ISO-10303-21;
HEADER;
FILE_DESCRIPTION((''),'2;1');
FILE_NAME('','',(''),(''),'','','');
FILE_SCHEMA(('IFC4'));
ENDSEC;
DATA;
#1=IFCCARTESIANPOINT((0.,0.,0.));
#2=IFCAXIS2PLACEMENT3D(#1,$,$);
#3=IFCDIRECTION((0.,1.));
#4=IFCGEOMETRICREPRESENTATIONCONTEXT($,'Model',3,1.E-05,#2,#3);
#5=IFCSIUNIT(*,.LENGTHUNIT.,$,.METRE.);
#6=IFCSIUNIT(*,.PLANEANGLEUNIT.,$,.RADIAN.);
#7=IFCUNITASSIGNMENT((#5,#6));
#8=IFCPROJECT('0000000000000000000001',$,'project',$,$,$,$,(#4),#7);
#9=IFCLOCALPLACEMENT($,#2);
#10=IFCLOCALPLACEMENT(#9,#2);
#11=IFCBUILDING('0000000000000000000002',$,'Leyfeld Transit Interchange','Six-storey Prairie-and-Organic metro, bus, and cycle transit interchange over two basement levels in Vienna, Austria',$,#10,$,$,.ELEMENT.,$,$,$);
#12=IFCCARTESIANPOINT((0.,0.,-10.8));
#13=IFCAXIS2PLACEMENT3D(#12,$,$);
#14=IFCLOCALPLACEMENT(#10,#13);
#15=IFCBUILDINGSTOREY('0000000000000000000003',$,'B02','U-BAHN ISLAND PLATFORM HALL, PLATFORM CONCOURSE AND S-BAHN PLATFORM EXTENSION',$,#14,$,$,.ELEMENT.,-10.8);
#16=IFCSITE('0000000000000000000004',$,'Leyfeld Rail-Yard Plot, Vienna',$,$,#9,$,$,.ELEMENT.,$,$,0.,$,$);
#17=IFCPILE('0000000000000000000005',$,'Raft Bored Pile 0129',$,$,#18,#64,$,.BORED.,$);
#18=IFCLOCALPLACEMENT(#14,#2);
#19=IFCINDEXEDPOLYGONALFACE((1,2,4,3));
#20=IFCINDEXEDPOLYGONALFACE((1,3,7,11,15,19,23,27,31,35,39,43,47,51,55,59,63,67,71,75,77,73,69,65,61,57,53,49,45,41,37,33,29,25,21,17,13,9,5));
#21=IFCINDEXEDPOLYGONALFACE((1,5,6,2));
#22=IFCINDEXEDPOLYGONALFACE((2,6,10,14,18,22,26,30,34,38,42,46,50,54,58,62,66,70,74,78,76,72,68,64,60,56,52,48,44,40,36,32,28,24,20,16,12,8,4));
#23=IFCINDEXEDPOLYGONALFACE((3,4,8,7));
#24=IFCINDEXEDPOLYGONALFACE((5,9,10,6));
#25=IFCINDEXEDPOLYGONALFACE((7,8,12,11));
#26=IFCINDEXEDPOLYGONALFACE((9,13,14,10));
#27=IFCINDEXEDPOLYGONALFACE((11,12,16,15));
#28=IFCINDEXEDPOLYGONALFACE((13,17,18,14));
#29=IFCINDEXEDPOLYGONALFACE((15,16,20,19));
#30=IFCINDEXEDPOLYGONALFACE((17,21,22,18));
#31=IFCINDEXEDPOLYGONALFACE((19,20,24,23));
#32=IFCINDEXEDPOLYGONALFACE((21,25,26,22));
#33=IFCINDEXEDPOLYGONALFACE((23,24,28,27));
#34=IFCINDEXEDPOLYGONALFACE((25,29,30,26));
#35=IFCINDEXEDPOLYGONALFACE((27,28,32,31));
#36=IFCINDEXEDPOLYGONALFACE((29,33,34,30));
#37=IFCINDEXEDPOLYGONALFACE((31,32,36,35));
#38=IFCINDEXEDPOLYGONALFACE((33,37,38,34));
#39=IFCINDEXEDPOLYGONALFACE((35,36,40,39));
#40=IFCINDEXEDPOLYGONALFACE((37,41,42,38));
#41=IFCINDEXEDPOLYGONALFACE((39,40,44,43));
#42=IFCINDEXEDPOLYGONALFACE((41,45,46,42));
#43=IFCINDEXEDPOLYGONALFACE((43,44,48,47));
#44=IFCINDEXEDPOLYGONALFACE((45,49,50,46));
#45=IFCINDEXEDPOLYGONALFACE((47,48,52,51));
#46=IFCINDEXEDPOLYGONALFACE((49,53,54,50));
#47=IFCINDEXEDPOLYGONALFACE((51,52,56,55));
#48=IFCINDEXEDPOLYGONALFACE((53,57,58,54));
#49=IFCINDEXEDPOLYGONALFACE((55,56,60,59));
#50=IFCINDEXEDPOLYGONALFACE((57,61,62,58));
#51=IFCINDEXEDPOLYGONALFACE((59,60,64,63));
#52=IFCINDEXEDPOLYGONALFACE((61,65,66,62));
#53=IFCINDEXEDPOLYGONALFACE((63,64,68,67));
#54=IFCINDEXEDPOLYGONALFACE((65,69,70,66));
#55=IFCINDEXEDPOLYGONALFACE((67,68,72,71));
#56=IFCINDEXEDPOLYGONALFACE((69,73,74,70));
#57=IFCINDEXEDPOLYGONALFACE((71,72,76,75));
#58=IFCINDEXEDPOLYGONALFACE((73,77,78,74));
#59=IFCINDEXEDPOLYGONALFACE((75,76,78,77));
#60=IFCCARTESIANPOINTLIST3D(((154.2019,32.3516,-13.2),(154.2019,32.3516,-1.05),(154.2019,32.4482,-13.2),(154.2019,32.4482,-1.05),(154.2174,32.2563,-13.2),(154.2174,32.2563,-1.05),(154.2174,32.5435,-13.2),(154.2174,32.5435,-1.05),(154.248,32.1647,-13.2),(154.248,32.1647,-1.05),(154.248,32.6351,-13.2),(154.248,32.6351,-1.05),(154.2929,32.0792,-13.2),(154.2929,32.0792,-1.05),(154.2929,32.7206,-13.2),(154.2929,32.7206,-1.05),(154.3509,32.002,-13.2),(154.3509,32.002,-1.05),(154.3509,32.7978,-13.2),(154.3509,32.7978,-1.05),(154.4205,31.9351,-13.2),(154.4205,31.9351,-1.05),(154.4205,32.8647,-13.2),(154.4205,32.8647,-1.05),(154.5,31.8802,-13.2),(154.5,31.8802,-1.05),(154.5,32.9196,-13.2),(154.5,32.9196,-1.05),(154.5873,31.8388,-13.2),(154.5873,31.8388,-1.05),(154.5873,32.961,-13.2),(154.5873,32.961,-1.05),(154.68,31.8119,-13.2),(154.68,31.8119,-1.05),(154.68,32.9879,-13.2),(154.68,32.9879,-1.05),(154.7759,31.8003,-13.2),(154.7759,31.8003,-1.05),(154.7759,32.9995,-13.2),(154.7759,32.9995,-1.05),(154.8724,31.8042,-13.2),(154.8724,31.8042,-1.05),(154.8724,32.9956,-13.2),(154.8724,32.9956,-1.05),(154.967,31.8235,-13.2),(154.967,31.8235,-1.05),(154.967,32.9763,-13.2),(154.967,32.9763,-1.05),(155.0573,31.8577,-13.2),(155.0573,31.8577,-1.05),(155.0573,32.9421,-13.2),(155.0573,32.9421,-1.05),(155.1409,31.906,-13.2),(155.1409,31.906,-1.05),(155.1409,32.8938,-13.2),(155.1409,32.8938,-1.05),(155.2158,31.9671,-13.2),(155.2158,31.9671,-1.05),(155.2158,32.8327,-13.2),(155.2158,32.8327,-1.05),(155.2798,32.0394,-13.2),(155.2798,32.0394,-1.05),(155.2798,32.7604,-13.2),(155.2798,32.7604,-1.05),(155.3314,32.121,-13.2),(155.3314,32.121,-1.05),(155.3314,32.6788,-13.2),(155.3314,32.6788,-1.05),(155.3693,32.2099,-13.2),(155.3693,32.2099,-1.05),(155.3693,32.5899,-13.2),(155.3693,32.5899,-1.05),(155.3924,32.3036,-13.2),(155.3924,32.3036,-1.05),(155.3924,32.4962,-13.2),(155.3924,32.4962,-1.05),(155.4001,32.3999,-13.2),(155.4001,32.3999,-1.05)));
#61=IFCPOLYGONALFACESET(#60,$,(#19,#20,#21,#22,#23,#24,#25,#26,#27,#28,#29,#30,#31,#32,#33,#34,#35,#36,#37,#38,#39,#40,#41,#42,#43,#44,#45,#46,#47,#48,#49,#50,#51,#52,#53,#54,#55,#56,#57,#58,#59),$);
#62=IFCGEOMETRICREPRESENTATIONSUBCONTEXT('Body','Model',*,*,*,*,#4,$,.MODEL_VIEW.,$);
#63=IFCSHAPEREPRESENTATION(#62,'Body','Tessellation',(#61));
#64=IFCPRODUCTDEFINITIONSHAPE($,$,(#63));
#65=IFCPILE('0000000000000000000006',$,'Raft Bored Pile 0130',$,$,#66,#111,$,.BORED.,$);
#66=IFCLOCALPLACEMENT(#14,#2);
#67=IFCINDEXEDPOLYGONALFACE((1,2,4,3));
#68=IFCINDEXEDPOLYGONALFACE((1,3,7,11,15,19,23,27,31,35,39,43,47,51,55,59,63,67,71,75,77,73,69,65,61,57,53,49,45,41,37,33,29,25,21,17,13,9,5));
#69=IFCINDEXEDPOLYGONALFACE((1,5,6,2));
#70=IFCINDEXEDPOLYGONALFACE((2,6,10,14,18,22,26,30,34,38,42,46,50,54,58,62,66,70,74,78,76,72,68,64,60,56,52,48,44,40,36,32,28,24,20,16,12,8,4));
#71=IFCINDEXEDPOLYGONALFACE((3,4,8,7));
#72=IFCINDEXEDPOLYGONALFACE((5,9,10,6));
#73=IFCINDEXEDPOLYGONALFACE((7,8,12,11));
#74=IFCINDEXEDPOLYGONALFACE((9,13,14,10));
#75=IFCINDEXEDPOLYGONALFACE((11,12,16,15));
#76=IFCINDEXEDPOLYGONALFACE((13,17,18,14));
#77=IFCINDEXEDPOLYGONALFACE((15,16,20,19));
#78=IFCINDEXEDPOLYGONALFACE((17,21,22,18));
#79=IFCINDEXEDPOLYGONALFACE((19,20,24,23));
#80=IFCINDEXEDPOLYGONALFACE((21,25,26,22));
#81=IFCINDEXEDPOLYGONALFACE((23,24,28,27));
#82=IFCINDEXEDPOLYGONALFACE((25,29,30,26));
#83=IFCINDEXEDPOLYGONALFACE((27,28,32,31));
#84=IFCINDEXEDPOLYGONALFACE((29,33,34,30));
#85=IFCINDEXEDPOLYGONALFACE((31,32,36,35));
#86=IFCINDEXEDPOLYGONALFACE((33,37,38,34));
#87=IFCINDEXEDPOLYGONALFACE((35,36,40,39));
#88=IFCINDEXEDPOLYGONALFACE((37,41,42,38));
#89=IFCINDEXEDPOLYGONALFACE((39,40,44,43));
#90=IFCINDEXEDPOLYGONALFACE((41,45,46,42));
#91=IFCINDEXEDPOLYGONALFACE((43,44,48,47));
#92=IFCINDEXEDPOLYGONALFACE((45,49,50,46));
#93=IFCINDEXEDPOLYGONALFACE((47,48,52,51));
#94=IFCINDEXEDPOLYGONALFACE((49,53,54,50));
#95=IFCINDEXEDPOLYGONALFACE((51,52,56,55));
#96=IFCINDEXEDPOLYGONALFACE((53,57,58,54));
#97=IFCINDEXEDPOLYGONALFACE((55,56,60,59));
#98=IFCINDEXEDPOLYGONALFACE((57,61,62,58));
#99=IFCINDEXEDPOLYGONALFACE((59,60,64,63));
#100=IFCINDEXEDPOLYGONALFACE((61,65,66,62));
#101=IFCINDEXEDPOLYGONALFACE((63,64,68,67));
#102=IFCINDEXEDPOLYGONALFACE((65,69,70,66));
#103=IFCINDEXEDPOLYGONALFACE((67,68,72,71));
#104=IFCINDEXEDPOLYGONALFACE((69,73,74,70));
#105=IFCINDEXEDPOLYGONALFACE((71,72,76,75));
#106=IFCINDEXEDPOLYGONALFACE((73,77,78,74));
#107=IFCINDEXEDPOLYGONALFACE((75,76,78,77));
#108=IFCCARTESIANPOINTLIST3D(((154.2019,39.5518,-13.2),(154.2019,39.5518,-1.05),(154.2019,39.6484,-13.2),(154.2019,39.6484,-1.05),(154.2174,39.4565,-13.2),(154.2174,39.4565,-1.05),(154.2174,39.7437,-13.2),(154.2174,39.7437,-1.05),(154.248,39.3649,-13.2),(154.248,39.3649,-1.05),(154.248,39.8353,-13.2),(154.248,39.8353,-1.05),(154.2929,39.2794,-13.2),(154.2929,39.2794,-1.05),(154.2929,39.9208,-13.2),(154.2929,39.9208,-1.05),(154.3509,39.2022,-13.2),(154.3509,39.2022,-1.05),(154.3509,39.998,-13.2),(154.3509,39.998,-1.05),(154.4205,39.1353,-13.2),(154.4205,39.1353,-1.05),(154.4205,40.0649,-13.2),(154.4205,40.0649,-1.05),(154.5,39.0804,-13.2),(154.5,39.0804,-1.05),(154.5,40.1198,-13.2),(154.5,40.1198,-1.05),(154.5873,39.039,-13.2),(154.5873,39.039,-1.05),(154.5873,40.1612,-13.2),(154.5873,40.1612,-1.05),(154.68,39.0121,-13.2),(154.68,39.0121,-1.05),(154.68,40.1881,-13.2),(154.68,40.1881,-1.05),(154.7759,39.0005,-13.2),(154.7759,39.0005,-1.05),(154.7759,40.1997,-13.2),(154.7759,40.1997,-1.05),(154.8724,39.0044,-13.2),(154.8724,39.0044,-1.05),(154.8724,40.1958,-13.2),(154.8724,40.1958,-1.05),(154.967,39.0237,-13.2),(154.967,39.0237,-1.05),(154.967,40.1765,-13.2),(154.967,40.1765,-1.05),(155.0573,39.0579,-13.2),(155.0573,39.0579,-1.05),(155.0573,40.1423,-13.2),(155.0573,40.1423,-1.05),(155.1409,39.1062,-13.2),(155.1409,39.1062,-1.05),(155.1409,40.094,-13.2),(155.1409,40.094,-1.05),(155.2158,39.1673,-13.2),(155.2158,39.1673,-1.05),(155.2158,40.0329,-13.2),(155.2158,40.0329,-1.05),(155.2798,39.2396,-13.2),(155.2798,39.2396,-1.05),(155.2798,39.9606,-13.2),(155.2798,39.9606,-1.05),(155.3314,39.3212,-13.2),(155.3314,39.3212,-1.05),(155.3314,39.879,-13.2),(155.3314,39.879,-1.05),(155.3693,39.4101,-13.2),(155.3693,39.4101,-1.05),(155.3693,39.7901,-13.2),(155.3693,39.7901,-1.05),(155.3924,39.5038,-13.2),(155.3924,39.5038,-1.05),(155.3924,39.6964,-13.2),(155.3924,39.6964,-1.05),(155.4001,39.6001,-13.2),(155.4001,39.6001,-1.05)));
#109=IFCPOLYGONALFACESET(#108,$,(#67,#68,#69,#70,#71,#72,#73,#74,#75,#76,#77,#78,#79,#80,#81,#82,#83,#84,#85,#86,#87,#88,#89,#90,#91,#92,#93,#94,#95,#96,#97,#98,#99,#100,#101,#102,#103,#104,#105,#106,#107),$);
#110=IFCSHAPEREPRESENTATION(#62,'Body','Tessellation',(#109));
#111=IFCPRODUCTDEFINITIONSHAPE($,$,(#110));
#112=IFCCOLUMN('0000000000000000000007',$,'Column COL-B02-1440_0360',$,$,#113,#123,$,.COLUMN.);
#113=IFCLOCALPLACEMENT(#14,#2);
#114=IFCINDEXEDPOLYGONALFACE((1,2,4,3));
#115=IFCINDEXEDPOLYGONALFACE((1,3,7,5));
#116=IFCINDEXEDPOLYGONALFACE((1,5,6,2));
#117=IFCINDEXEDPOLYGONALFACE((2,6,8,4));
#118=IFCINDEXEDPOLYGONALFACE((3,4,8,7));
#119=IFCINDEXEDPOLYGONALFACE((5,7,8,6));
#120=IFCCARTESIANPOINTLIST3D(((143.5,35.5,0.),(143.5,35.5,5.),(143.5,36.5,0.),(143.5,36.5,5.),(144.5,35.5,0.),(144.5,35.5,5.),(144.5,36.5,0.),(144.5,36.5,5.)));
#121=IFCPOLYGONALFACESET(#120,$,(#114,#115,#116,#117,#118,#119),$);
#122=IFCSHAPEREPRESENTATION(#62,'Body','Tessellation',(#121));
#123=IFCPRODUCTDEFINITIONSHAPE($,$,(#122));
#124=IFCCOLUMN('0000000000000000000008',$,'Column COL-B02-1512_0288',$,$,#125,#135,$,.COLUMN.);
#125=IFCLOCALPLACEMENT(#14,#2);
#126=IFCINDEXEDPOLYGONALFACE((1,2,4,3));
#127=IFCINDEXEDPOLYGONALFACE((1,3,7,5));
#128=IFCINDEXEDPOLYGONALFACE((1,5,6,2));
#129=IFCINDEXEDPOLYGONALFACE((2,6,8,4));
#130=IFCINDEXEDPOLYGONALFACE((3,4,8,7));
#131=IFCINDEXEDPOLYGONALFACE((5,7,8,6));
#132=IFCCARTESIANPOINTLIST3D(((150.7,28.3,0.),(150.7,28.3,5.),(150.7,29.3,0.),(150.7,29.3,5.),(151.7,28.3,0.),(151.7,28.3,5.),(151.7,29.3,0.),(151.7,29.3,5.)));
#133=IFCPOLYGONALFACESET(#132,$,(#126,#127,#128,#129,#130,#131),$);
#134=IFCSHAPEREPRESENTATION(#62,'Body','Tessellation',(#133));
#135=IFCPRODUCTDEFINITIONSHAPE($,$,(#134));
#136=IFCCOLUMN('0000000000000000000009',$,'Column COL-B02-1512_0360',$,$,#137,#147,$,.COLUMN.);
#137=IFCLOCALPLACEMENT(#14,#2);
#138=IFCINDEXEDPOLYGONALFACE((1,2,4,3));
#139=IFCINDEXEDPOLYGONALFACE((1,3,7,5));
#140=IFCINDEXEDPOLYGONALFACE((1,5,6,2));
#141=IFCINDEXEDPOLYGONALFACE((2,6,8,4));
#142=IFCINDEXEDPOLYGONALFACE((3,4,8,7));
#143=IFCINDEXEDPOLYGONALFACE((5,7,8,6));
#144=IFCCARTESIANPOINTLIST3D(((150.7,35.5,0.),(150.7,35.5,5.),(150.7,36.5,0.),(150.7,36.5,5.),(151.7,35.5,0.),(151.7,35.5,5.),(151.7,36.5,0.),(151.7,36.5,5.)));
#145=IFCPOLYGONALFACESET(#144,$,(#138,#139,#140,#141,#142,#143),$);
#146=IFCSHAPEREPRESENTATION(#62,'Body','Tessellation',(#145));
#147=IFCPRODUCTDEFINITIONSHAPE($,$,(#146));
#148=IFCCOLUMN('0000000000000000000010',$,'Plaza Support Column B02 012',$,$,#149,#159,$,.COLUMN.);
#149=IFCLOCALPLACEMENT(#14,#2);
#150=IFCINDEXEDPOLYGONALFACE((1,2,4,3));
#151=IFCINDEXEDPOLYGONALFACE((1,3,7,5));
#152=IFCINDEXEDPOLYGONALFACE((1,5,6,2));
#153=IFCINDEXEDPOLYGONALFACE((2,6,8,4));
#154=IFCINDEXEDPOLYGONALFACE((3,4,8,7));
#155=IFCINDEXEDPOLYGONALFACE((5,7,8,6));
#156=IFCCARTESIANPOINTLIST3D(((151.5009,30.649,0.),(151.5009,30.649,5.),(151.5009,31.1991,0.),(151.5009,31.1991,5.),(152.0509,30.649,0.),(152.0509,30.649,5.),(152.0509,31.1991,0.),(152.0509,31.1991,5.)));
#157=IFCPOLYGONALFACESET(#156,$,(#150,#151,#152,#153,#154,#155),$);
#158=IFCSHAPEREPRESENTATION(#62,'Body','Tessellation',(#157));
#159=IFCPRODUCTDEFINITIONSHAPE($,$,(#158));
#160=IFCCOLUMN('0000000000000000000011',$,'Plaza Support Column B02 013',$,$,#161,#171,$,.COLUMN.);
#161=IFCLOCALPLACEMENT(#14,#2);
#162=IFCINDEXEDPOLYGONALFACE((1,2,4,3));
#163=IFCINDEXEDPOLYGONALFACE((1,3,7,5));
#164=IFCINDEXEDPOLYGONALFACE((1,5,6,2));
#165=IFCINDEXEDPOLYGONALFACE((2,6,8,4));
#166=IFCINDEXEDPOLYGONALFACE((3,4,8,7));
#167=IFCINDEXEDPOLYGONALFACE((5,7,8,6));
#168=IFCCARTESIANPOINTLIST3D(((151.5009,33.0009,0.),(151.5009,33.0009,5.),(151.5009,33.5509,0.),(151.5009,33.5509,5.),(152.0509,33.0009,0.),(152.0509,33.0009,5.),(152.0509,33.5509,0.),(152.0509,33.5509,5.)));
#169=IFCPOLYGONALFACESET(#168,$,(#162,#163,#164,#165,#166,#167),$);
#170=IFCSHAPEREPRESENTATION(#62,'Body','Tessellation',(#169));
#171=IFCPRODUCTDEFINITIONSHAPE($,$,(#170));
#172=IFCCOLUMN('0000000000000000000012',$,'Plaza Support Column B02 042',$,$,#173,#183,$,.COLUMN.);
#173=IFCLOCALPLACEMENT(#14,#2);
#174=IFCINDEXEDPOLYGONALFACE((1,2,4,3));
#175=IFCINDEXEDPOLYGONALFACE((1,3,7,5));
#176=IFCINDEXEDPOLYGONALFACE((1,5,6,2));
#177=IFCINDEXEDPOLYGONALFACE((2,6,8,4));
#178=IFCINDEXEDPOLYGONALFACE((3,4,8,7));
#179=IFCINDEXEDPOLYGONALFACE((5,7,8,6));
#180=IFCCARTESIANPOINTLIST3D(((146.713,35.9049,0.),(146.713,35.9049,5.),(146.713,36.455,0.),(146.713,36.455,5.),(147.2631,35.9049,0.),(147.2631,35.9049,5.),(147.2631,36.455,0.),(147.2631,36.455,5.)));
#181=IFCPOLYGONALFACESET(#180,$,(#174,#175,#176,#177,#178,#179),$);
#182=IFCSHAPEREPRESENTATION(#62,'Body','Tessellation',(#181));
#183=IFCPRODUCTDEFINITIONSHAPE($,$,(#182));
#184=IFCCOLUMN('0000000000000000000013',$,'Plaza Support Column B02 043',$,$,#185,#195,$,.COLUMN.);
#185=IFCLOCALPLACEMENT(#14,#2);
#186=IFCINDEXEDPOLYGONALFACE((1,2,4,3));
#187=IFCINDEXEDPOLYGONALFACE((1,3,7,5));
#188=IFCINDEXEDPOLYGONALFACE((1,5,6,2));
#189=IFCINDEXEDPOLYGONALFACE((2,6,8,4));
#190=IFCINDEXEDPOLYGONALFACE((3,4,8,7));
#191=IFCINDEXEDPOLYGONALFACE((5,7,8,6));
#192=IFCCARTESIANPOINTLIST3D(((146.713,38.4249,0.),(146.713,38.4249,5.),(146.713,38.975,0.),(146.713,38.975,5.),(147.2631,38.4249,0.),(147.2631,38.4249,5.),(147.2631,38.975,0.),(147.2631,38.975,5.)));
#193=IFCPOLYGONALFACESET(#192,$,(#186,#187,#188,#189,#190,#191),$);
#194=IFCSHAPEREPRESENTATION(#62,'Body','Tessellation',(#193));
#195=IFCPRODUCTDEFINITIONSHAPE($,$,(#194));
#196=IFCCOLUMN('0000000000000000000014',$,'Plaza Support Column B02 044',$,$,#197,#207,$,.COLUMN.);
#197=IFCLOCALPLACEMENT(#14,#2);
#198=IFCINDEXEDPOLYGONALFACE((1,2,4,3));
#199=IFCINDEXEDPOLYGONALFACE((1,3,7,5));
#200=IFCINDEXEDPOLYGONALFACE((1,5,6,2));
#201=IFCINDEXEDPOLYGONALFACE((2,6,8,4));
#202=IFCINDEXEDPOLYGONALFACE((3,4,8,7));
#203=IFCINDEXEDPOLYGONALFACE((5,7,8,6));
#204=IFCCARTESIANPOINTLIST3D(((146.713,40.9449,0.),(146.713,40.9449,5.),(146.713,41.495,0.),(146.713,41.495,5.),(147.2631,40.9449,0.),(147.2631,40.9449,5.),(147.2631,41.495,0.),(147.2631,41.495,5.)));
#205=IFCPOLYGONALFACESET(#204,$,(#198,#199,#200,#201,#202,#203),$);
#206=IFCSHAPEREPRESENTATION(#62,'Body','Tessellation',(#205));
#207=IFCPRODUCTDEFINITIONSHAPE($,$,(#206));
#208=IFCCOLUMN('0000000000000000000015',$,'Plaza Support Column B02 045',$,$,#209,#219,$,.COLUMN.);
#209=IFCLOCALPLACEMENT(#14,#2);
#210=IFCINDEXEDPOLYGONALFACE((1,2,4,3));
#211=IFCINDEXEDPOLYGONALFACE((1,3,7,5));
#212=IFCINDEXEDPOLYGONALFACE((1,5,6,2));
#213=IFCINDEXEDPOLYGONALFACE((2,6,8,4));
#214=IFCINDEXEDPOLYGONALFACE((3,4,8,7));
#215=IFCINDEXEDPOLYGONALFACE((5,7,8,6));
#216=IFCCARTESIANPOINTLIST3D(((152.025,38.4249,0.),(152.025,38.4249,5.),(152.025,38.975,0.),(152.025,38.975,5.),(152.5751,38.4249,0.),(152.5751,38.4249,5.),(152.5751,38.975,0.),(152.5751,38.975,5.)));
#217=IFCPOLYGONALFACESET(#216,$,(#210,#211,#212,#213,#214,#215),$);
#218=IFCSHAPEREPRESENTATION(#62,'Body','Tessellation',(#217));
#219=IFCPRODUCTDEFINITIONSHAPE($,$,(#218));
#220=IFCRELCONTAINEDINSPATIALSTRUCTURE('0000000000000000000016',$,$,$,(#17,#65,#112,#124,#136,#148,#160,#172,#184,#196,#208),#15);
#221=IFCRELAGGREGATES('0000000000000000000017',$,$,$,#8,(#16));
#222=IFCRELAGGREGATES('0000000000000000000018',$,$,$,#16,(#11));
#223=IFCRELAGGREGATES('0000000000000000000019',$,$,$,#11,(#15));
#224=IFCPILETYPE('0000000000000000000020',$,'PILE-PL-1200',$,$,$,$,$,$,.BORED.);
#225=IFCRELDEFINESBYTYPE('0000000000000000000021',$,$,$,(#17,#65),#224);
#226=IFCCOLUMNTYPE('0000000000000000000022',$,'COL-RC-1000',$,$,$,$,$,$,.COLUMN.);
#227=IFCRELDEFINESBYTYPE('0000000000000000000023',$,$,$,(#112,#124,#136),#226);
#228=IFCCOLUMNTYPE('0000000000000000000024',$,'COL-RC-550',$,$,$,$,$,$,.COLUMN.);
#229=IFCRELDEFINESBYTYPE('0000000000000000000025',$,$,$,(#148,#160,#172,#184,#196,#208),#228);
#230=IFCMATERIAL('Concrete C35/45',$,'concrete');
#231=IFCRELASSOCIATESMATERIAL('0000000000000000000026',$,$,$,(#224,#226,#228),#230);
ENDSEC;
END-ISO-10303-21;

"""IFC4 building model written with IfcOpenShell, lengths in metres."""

from ifc_helpers import new_model, si_unit, direction, frame, origin, origin_2d, place, context, subcontext, project, spatial, rectangle, circle, extrude, material, material_profile, profile_set, type_object, element, save


model = new_model("IFC4")

# Units and contexts
model_context = context("Model", 3, precision=1e-05, world=origin(), true_north=direction((0.0, 1.0)))
body_context = subcontext(model_context, "Body", "Model", "MODEL_VIEW")
ifc_project = project(units=[si_unit("LENGTHUNIT", "METRE"), si_unit("PLANEANGLEUNIT", "RADIAN")], contexts=[model_context])

# Site, building, storey
site_placement = place(None, origin())
site = spatial("IfcSite", under=ifc_project, at=site_placement, Name="Leyfeld Rail-Yard Plot, Vienna", CompositionType="ELEMENT", RefElevation=0.0)
building_placement = place(site_placement, origin())
building = spatial("IfcBuilding", under=site, at=building_placement, Name="Leyfeld Transit Interchange", Description="Six-storey Prairie-and-Organic metro, bus, and cycle transit interchange over two basement levels in Vienna, Austria", CompositionType="ELEMENT")
storey_placement = place(building_placement, frame((0.0, 0.0, -10.8)))
storey = spatial("IfcBuildingStorey", under=building, at=storey_placement, Name="B02", Description="U-BAHN ISLAND PLATFORM HALL, PLATFORM CONCOURSE AND S-BAHN PLATFORM EXTENSION", CompositionType="ELEMENT", Elevation=-10.8)

# Piles
ifc_material = material(Name="Concrete C35/45", Category="concrete")
ifc_material_profile_1 = material_profile(ifc_material, circle(Radius=0.6001, at=origin_2d()), Name="PILE D1200")
ifc_profile_set_1 = profile_set([ifc_material_profile_1], Name="Concrete C35/45")
pile_type = type_object("IfcPileType", Name="PILE-PL-1200", PredefinedType="BORED", material=ifc_profile_set_1)
for number, where, z_axis, x_axis, name in (
    (1, (154.8, 32.3999, -1.05), (0.0, 0.0, -1.0), (1.0, 0.0, 0.0), "Raft Bored Pile 0129"),
    (2, (154.8, 39.6001, -1.05), (0.0, 0.0, -1.0), (1.0, 0.0, 0.0), "Raft Bored Pile 0130"),
):
    element("IfcPile", number, at=place(storey_placement, frame(where, z_axis=z_axis, x_axis=x_axis)), inside=storey, type_object=pile_type, Name=name, PredefinedType="BORED", context=body_context, shape_type="SweptSolid", body=[
        extrude(circle(Radius=0.6001, at=origin_2d()), origin(), (0.0, 0.0, 1.0), 12.1499),
    ])

# Columns
ifc_material_profile_2 = material_profile(ifc_material, rectangle(XDim=1.0, YDim=1.0, at=origin_2d()), Name="RC 1000x1000")
ifc_profile_set_2 = profile_set([ifc_material_profile_2], Name="Concrete C35/45")
column_type_1 = type_object("IfcColumnType", Name="COL-RC-1000", PredefinedType="COLUMN", material=ifc_profile_set_2)
for number, where, z_axis, x_axis, name in (
    (3, (144.0, 36.0, 0.0), (0.0, 0.0, 1.0), (1.0, 0.0, 0.0), "Column COL-B02-1440_0360"),
    (4, (151.2, 28.8, 0.0), (0.0, 0.0, 1.0), (1.0, 0.0, 0.0), "Column COL-B02-1512_0288"),
    (5, (151.2, 36.0, 0.0), (0.0, 0.0, 1.0), (1.0, 0.0, 0.0), "Column COL-B02-1512_0360"),
):
    element("IfcColumn", number, at=place(storey_placement, frame(where, z_axis=z_axis, x_axis=x_axis)), inside=storey, type_object=column_type_1, Name=name, PredefinedType="COLUMN", context=body_context, shape_type="SweptSolid", body=[
        extrude(rectangle(XDim=1.0, YDim=1.0, at=origin_2d()), origin(), (0.0, 0.0, 1.0), 5.0),
    ])
ifc_material_profile_3 = material_profile(ifc_material, rectangle(XDim=0.55, YDim=0.55, at=origin_2d()), Name="RC 550x550")
ifc_profile_set_3 = profile_set([ifc_material_profile_3], Name="Concrete C35/45")
column_type_2 = type_object("IfcColumnType", Name="COL-RC-550", PredefinedType="COLUMN", material=ifc_profile_set_3)
for number, where, z_axis, x_axis, name in (
    (6, (151.7759, 30.9241, 0.0), (0.0, 0.0, 1.0), (1.0, 0.0, 0.0), "Plaza Support Column B02 012"),
    (7, (151.7759, 33.2759, 0.0), (0.0, 0.0, 1.0), (1.0, 0.0, 0.0), "Plaza Support Column B02 013"),
    (8, (146.988, 36.1799, 0.0), (0.0, 0.0, 1.0), (1.0, 0.0, 0.0), "Plaza Support Column B02 042"),
    (9, (146.988, 38.7, 0.0), (0.0, 0.0, 1.0), (1.0, 0.0, 0.0), "Plaza Support Column B02 043"),
    (10, (146.988, 41.22, 0.0), (0.0, 0.0, 1.0), (1.0, 0.0, 0.0), "Plaza Support Column B02 044"),
    (11, (152.3, 38.7, 0.0), (0.0, 0.0, 1.0), (1.0, 0.0, 0.0), "Plaza Support Column B02 045"),
):
    element("IfcColumn", number, at=place(storey_placement, frame(where, z_axis=z_axis, x_axis=x_axis)), inside=storey, type_object=column_type_2, Name=name, PredefinedType="COLUMN", context=body_context, shape_type="SweptSolid", body=[
        extrude(rectangle(XDim=0.55, YDim=0.55, at=origin_2d()), origin(), (0.0, 0.0, 1.0), 5.0),
    ])

save(model, "model.ifc")
